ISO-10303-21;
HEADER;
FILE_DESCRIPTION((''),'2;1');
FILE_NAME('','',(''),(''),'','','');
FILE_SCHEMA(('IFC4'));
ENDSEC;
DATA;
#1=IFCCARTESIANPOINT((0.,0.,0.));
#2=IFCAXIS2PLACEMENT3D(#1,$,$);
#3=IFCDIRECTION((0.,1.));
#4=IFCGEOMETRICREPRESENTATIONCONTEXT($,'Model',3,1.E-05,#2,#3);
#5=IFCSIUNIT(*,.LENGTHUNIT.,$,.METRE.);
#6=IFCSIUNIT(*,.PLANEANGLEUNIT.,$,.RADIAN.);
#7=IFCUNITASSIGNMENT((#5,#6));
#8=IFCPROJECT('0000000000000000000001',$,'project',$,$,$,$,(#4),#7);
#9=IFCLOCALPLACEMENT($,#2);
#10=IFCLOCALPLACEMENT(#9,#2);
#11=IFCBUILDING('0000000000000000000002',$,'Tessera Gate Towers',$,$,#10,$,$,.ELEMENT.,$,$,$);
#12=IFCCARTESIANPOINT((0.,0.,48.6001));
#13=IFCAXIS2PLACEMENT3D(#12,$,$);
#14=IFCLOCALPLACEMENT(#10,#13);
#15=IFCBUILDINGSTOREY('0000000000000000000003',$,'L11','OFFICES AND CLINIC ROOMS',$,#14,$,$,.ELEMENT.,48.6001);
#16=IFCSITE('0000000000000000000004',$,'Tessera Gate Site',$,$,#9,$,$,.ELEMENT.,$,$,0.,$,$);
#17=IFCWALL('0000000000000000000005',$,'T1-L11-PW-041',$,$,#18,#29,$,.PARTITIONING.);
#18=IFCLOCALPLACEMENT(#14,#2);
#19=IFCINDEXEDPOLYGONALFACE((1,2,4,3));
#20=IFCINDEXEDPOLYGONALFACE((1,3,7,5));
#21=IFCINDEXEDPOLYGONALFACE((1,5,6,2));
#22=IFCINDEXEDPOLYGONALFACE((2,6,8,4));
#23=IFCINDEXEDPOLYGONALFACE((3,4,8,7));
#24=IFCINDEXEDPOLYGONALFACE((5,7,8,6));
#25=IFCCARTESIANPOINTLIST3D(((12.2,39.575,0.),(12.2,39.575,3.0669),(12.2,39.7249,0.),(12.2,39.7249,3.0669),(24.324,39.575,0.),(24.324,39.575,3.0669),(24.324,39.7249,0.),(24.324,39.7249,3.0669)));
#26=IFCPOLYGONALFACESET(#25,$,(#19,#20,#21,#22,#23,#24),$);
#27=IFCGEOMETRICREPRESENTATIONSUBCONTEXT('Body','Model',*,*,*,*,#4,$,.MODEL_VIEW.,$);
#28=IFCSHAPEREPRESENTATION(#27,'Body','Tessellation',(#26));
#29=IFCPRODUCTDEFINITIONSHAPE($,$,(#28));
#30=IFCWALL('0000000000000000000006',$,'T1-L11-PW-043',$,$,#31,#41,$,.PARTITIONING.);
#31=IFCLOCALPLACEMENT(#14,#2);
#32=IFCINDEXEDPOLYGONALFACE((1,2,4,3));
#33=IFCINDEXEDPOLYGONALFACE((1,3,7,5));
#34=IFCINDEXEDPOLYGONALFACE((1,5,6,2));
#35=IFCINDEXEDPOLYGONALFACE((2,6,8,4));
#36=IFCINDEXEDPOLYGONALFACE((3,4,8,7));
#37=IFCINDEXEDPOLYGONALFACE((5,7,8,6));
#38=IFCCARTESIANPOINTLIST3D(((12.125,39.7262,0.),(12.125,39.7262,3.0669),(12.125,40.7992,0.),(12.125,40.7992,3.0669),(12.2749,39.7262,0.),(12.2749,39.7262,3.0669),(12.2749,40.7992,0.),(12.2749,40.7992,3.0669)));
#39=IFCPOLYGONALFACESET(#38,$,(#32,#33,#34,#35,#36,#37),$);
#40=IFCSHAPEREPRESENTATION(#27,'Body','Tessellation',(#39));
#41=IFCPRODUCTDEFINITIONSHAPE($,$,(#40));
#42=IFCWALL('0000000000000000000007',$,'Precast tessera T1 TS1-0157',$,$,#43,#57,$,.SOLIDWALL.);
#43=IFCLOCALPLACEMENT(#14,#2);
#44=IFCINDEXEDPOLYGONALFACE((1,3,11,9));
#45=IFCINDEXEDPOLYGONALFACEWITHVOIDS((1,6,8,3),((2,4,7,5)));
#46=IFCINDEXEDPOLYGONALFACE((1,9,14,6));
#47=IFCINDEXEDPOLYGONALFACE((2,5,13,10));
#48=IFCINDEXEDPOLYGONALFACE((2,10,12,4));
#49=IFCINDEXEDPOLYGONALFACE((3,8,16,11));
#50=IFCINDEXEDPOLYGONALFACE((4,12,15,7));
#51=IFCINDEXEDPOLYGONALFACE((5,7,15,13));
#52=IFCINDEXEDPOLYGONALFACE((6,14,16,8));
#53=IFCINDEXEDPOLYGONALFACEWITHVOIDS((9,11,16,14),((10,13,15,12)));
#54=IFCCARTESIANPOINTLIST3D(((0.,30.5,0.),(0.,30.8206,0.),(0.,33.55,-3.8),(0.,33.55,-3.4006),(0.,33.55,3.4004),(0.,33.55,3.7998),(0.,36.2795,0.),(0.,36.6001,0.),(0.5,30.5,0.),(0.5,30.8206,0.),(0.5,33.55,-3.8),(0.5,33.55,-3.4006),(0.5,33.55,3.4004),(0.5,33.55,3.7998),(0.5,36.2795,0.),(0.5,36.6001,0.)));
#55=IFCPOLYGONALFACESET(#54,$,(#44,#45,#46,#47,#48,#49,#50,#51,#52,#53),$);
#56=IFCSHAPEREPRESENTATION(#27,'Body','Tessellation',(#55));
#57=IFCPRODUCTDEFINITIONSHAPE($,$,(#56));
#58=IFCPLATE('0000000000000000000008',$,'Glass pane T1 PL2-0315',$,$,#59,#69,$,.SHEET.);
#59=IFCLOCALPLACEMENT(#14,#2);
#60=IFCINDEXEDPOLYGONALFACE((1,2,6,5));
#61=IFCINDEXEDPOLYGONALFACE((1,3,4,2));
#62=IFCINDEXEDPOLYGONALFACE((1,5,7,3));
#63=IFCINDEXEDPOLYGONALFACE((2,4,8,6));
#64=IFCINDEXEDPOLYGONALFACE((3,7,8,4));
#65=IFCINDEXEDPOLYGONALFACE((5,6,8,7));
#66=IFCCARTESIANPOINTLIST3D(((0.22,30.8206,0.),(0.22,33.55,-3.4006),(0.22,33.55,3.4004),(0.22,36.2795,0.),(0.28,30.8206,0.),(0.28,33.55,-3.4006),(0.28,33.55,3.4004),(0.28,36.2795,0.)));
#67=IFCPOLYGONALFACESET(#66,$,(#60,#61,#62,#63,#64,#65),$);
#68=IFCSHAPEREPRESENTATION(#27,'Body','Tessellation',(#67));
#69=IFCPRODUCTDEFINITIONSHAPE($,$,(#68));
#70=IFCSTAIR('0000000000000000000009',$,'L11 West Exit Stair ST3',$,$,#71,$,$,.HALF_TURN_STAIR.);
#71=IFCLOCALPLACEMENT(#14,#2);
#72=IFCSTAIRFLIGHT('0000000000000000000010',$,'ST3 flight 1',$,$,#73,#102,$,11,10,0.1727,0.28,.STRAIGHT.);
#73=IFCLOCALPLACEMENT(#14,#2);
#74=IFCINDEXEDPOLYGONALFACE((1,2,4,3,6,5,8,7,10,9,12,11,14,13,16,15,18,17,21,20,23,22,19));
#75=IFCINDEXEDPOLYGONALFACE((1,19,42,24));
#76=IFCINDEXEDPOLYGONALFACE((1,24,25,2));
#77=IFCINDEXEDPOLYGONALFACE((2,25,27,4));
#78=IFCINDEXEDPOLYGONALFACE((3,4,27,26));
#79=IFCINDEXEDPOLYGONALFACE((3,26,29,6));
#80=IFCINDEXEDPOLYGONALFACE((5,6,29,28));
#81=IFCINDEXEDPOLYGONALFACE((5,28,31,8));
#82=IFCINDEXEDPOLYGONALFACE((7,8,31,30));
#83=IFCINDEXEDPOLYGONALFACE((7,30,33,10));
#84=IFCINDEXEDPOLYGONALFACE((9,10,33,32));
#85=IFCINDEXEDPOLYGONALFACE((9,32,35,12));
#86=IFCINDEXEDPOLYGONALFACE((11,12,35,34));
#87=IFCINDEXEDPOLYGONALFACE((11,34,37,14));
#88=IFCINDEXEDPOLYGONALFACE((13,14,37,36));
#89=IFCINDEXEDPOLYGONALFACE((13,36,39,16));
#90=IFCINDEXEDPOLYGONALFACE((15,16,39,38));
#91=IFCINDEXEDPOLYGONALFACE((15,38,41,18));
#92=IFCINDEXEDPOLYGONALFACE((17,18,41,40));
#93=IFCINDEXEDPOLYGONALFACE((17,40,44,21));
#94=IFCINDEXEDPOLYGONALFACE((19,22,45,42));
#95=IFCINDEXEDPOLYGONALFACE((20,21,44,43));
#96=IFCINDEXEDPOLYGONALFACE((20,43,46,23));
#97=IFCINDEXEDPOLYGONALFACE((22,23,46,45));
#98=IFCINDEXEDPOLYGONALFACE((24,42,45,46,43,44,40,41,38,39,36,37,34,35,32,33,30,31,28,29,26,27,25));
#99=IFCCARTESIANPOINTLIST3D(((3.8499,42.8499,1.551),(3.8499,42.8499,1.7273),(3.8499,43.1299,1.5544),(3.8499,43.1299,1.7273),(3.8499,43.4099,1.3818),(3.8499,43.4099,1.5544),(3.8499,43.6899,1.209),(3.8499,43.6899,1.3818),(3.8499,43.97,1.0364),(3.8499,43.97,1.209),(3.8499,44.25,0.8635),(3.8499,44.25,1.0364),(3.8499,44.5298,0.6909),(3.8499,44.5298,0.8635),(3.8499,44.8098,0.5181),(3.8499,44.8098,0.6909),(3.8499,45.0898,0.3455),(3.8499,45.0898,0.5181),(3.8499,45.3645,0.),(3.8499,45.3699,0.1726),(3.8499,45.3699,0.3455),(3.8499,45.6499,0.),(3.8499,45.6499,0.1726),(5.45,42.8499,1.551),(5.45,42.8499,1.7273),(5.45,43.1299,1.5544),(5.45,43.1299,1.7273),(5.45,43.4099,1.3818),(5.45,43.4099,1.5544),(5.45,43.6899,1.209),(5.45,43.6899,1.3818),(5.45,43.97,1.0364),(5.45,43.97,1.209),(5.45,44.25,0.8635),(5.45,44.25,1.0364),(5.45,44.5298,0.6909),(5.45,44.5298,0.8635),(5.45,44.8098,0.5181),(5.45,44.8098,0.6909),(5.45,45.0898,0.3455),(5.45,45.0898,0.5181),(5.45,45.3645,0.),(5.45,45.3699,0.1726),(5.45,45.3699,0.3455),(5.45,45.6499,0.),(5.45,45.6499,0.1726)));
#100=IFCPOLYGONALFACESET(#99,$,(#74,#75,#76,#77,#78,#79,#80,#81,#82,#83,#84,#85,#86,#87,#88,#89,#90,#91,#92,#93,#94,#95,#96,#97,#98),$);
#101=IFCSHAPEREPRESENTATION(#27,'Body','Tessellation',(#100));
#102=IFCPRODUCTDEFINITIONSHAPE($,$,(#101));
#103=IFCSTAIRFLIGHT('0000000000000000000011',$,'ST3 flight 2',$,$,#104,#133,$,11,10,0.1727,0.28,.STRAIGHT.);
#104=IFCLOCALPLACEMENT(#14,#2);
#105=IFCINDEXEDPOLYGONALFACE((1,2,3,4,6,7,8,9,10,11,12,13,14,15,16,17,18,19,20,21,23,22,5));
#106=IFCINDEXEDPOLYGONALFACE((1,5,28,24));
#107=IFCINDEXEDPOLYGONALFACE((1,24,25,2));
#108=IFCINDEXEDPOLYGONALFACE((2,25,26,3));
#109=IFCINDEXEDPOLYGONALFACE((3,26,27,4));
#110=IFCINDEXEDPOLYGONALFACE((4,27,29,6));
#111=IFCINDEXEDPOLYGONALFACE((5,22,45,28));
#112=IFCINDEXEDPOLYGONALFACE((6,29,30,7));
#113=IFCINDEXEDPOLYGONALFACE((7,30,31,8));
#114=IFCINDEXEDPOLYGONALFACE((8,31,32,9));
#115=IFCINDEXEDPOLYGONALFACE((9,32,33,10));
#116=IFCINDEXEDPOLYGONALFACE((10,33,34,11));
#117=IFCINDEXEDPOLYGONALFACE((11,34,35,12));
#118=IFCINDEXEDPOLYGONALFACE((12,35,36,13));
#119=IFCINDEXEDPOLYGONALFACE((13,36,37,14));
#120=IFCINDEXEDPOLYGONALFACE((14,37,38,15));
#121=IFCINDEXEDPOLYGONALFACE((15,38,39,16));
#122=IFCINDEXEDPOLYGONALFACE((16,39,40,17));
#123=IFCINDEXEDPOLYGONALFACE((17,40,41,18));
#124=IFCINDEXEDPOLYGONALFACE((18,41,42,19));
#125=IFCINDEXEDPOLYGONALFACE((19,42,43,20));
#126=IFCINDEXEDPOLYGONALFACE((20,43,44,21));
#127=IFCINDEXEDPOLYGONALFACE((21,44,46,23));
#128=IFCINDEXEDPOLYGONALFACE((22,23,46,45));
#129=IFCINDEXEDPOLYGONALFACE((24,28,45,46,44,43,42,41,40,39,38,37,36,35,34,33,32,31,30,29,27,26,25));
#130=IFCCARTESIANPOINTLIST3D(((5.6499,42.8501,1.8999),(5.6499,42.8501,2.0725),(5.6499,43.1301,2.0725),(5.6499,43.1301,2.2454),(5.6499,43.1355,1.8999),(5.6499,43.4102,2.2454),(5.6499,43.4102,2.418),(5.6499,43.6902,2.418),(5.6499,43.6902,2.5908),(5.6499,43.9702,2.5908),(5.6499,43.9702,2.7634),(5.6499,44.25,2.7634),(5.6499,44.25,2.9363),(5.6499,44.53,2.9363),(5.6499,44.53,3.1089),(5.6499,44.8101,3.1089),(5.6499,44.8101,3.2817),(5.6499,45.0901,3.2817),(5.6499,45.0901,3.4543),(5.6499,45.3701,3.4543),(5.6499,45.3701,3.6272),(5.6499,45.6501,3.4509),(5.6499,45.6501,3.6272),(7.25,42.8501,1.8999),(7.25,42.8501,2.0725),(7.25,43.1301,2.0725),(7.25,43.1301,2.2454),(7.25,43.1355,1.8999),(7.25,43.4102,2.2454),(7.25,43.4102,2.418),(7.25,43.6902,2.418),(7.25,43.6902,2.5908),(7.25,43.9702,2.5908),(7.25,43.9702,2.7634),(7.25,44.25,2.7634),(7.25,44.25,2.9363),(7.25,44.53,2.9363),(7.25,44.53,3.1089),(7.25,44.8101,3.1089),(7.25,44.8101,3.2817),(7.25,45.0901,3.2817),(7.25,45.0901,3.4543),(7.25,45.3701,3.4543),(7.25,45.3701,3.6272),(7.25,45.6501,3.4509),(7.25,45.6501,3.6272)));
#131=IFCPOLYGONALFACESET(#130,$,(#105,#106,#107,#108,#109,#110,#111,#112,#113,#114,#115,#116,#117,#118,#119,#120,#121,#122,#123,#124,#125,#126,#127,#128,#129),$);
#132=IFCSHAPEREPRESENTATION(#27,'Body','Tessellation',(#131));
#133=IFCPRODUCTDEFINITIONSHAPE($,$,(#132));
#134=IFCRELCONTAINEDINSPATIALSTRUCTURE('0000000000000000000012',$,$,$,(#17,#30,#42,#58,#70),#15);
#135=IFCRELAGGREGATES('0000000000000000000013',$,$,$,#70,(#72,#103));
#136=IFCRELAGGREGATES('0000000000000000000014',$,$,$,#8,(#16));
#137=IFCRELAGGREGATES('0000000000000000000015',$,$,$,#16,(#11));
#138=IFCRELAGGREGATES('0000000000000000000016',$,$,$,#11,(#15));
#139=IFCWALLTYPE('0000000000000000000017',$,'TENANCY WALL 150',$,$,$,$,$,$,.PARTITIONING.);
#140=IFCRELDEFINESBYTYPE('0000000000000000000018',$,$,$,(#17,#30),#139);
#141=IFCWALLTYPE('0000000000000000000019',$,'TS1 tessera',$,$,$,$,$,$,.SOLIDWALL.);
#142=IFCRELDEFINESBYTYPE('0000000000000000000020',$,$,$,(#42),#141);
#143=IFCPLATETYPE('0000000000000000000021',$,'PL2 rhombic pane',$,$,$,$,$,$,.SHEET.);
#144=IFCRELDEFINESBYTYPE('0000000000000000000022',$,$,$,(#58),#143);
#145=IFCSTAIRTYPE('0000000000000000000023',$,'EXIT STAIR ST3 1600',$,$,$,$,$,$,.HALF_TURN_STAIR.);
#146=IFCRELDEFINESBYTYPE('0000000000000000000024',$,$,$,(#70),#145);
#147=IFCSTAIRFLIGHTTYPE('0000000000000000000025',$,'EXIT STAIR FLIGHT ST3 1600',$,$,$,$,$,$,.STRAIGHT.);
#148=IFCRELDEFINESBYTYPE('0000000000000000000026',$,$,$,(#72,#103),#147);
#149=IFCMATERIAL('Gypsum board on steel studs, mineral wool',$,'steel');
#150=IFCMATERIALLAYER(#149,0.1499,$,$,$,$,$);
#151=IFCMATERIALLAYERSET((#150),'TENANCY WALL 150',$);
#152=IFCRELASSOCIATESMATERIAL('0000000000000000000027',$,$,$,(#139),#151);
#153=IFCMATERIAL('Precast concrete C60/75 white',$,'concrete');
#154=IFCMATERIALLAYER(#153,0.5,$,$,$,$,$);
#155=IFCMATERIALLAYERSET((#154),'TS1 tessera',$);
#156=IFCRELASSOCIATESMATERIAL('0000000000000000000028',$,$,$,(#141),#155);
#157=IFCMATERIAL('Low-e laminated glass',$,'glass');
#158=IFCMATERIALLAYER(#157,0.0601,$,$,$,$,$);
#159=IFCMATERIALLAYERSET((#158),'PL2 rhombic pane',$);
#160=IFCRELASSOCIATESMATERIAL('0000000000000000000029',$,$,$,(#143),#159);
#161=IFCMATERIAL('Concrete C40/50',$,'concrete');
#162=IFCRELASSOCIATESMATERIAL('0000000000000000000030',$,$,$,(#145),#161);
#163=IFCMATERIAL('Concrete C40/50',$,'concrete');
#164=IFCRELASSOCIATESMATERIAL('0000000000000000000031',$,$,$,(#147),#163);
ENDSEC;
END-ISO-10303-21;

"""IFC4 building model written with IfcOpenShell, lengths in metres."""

from ifc_helpers import new_model, si_unit, direction, frame, frame_2d, origin, place, context, subcontext, project, spatial, polyline, rectangle, outline, extrude, source, transform, mapped, material, layer, layer_set, type_object, element, fill, aggregate, save


model = new_model("IFC4")

# Units and contexts
model_context = context("Model", 3, precision=1e-05, world=origin(), true_north=direction((0.0, 1.0)))
body_context = subcontext(model_context, "Body", "Model", "MODEL_VIEW")
ifc_project = project(units=[si_unit("LENGTHUNIT", "METRE"), si_unit("PLANEANGLEUNIT", "RADIAN")], contexts=[model_context])

# Site, building, storey
site_placement = place(None, origin())
site = spatial("IfcSite", under=ifc_project, at=site_placement, Name="Tessera Gate Site", CompositionType="ELEMENT", RefElevation=0.0)
building_placement = place(site_placement, origin())
building = spatial("IfcBuilding", under=site, at=building_placement, Name="Tessera Gate Towers", CompositionType="ELEMENT")
storey_placement = place(building_placement, frame((0.0, 0.0, 48.6001)))
storey = spatial("IfcBuildingStorey", under=building, at=storey_placement, Name="L11", Description="OFFICES AND CLINIC ROOMS", CompositionType="ELEMENT", Elevation=48.6001)

# Walls
ifc_material_1 = material(Name="Gypsum board on steel studs, mineral wool", Category="steel")
ifc_layer_1 = layer(ifc_material_1, 0.1499)
ifc_layer_set_1 = layer_set([ifc_layer_1], Name="TENANCY WALL 150")
wall_type_1 = type_object("IfcWallType", Name="TENANCY WALL 150", PredefinedType="PARTITIONING", material=ifc_layer_set_1)
wall_1_placement = place(storey_placement, frame((12.2, 39.6499, 0.0), z_axis=(0.0, 0.0, 1.0), x_axis=(1.0, 0.0, 0.0)))
element("IfcWall", 1, at=wall_1_placement, inside=storey, type_object=wall_type_1, Name="T1-L11-PW-041", PredefinedType="PARTITIONING", context=body_context, shape_type="SweptSolid", body=[
    extrude(rectangle(XDim=12.124, YDim=0.1499, at=frame_2d((6.062, 0.0))), origin(), (0.0, 0.0, 1.0), 3.0669),
])
wall_2_placement = place(storey_placement, frame((12.2, 39.7261, 0.0), z_axis=(0.0, 0.0, 1.0), x_axis=(0.0, 1.0, 0.0)))
element("IfcWall", 2, at=wall_2_placement, inside=storey, type_object=wall_type_1, Name="T1-L11-PW-043", PredefinedType="PARTITIONING", context=body_context, shape_type="SweptSolid", body=[
    extrude(rectangle(XDim=1.073, YDim=0.1499, at=frame_2d((0.5366, 0.0))), origin(), (0.0, 0.0, 1.0), 3.0669),
])

# Wall, opening, plate
ifc_material_2 = material(Name="Precast concrete C60/75 white", Category="concrete")
ifc_layer_2 = layer(ifc_material_2, 0.5)
ifc_layer_set_2 = layer_set([ifc_layer_2], Name="TS1 tessera")
wall_type_2 = type_object("IfcWallType", Name="TS1 tessera", PredefinedType="SOLIDWALL", material=ifc_layer_set_2)
shared_shape_1 = source(origin(), body_context, "Body", "SweptSolid", [
    extrude(outline(polyline([(3.05, 0.0), (6.1001, 3.8), (3.05, 7.5999), (0.0, 3.8), (3.05, 0.0)])), frame((0.0, 0.25, 0.0), z_axis=(0.0, -1.0, 0.0), x_axis=(1.0, 0.0, 0.0)), (0.0, 0.0, 1.0), 0.5),
])
wall_3_placement = place(storey_placement, frame((0.25, 36.6001, -3.8), z_axis=(0.0, 0.0, 1.0), x_axis=(0.0, -1.0, 0.0)))
wall_3 = element("IfcWall", 3, at=wall_3_placement, inside=storey, type_object=wall_type_2, Name="Precast tessera T1 TS1-0157", PredefinedType="SOLIDWALL", context=body_context, shape_type="MappedRepresentation", body=[
    mapped(shared_shape_1, transform((0.0, 0.0, 0.0), scale=1.0)),
])
shared_shape_2 = source(origin(), body_context, "Body", "SweptSolid", [
    extrude(outline(polyline([(3.05, 0.3994), (5.7795, 3.8), (3.05, 7.2004), (0.3206, 3.8), (3.05, 0.3994)])), frame((0.0, 0.26, 0.0), z_axis=(0.0, -1.0, 0.0), x_axis=(1.0, 0.0, 0.0)), (0.0, 0.0, 1.0), 0.52),
])
opening_1_placement = place(wall_3_placement, origin())
opening_1 = element("IfcOpeningElement", 4, at=opening_1_placement, cuts=wall_3, PredefinedType="OPENING", context=body_context, shape_type="MappedRepresentation", body=[
    mapped(shared_shape_2, transform((0.0, 0.0, 0.0), scale=1.0)),
])
ifc_material_3 = material(Name="Low-e laminated glass", Category="glass")
ifc_layer_3 = layer(ifc_material_3, 0.0601)
ifc_layer_set_3 = layer_set([ifc_layer_3], Name="PL2 rhombic pane")
plate_type = type_object("IfcPlateType", Name="PL2 rhombic pane", PredefinedType="SHEET", material=ifc_layer_set_3)
shared_shape_3 = source(origin(), body_context, "Body", "SweptSolid", [
    extrude(outline(polyline([(3.05, 0.3994), (5.7795, 3.8), (3.05, 7.2004), (0.3206, 3.8), (3.05, 0.3994)])), frame((0.0, 0.03, 0.0), z_axis=(0.0, -1.0, 0.0), x_axis=(1.0, 0.0, 0.0)), (0.0, 0.0, 1.0), 0.0601),
])
plate_placement = place(opening_1_placement, origin())
plate = element("IfcPlate", 5, at=plate_placement, inside=storey, type_object=plate_type, Name="Glass pane T1 PL2-0315", PredefinedType="SHEET", context=body_context, shape_type="MappedRepresentation", body=[
    mapped(shared_shape_3, transform((0.0, 0.0, 0.0), scale=1.0)),
])
fill(opening_1, plate)

# Stair, stair flights
ifc_material_4 = material(Name="Concrete C40/50", Category="concrete")
stair_type = type_object("IfcStairType", Name="EXIT STAIR ST3 1600", PredefinedType="HALF_TURN_STAIR", material=ifc_material_4)
stair_placement = place(storey_placement, origin())
stair = element("IfcStair", 6, at=stair_placement, inside=storey, type_object=stair_type, Name="L11 West Exit Stair ST3", PredefinedType="HALF_TURN_STAIR")
ifc_material_5 = material(Name="Concrete C40/50", Category="concrete")
stair_flight_type = type_object("IfcStairFlightType", Name="EXIT STAIR FLIGHT ST3 1600", PredefinedType="STRAIGHT", material=ifc_material_5)
stair_flight_1_placement = place(storey_placement, frame((4.6499, 45.6499, 0.0), z_axis=(0.0, 0.0, 1.0), x_axis=(0.0, -1.0, 0.0)))
stair_flight_1 = element("IfcStairFlight", 7, at=stair_flight_1_placement, type_object=stair_flight_type, Name="ST3 flight 1", NumberOfRisers=11, NumberOfTreads=10, PredefinedType="STRAIGHT", RiserHeight=0.1727, TreadLength=0.28, context=body_context, shape_type="SweptSolid", body=[
    extrude(outline(polyline([(0.0, 0.0), (0.0, 0.1726), (0.28, 0.1726), (0.28, 0.3455), (0.5601, 0.3455), (0.5601, 0.5181), (0.8401, 0.5181), (0.8401, 0.6909), (1.1201, 0.6909), (1.1201, 0.8635), (1.3999, 0.8635), (1.3999, 1.0364), (1.6799, 1.0364), (1.6799, 1.209), (1.96, 1.209), (1.96, 1.3818), (2.24, 1.3818), (2.24, 1.5544), (2.52, 1.5544), (2.52, 1.7273), (2.8, 1.7273), (2.8, 1.8999), (2.8, 1.551), (0.2854, 0.0), (0.0, 0.0)])), frame((0.0, 0.8, 0.0), z_axis=(0.0, -1.0, 0.0), x_axis=(1.0, 0.0, 0.0)), (0.0, 0.0, 1.0), 1.6001),
])
stair_flight_2_placement = place(storey_placement, frame((6.45, 42.8501, 1.8999), z_axis=(0.0, 0.0, 1.0), x_axis=(0.0, 1.0, 0.0)))
stair_flight_2 = element("IfcStairFlight", 8, at=stair_flight_2_placement, type_object=stair_flight_type, Name="ST3 flight 2", NumberOfRisers=11, NumberOfTreads=10, PredefinedType="STRAIGHT", RiserHeight=0.1727, TreadLength=0.28, context=body_context, shape_type="SweptSolid", body=[
    extrude(outline(polyline([(0.0, 0.0), (0.0, 0.1726), (0.28, 0.1726), (0.28, 0.3455), (0.5601, 0.3455), (0.5601, 0.5181), (0.8401, 0.5181), (0.8401, 0.6909), (1.1201, 0.6909), (1.1201, 0.8635), (1.3999, 0.8635), (1.3999, 1.0364), (1.6799, 1.0364), (1.6799, 1.209), (1.96, 1.209), (1.96, 1.3818), (2.24, 1.3818), (2.24, 1.5544), (2.52, 1.5544), (2.52, 1.7273), (2.8, 1.7273), (2.8, 1.8999), (2.8, 1.551), (0.2854, 0.0), (0.0, 0.0)])), frame((0.0, 0.8, 0.0), z_axis=(0.0, -1.0, 0.0), x_axis=(1.0, 0.0, 0.0)), (0.0, 0.0, 1.0), 1.6001),
])
aggregate(stair, [stair_flight_1, stair_flight_2])

save(model, "model.ifc")
